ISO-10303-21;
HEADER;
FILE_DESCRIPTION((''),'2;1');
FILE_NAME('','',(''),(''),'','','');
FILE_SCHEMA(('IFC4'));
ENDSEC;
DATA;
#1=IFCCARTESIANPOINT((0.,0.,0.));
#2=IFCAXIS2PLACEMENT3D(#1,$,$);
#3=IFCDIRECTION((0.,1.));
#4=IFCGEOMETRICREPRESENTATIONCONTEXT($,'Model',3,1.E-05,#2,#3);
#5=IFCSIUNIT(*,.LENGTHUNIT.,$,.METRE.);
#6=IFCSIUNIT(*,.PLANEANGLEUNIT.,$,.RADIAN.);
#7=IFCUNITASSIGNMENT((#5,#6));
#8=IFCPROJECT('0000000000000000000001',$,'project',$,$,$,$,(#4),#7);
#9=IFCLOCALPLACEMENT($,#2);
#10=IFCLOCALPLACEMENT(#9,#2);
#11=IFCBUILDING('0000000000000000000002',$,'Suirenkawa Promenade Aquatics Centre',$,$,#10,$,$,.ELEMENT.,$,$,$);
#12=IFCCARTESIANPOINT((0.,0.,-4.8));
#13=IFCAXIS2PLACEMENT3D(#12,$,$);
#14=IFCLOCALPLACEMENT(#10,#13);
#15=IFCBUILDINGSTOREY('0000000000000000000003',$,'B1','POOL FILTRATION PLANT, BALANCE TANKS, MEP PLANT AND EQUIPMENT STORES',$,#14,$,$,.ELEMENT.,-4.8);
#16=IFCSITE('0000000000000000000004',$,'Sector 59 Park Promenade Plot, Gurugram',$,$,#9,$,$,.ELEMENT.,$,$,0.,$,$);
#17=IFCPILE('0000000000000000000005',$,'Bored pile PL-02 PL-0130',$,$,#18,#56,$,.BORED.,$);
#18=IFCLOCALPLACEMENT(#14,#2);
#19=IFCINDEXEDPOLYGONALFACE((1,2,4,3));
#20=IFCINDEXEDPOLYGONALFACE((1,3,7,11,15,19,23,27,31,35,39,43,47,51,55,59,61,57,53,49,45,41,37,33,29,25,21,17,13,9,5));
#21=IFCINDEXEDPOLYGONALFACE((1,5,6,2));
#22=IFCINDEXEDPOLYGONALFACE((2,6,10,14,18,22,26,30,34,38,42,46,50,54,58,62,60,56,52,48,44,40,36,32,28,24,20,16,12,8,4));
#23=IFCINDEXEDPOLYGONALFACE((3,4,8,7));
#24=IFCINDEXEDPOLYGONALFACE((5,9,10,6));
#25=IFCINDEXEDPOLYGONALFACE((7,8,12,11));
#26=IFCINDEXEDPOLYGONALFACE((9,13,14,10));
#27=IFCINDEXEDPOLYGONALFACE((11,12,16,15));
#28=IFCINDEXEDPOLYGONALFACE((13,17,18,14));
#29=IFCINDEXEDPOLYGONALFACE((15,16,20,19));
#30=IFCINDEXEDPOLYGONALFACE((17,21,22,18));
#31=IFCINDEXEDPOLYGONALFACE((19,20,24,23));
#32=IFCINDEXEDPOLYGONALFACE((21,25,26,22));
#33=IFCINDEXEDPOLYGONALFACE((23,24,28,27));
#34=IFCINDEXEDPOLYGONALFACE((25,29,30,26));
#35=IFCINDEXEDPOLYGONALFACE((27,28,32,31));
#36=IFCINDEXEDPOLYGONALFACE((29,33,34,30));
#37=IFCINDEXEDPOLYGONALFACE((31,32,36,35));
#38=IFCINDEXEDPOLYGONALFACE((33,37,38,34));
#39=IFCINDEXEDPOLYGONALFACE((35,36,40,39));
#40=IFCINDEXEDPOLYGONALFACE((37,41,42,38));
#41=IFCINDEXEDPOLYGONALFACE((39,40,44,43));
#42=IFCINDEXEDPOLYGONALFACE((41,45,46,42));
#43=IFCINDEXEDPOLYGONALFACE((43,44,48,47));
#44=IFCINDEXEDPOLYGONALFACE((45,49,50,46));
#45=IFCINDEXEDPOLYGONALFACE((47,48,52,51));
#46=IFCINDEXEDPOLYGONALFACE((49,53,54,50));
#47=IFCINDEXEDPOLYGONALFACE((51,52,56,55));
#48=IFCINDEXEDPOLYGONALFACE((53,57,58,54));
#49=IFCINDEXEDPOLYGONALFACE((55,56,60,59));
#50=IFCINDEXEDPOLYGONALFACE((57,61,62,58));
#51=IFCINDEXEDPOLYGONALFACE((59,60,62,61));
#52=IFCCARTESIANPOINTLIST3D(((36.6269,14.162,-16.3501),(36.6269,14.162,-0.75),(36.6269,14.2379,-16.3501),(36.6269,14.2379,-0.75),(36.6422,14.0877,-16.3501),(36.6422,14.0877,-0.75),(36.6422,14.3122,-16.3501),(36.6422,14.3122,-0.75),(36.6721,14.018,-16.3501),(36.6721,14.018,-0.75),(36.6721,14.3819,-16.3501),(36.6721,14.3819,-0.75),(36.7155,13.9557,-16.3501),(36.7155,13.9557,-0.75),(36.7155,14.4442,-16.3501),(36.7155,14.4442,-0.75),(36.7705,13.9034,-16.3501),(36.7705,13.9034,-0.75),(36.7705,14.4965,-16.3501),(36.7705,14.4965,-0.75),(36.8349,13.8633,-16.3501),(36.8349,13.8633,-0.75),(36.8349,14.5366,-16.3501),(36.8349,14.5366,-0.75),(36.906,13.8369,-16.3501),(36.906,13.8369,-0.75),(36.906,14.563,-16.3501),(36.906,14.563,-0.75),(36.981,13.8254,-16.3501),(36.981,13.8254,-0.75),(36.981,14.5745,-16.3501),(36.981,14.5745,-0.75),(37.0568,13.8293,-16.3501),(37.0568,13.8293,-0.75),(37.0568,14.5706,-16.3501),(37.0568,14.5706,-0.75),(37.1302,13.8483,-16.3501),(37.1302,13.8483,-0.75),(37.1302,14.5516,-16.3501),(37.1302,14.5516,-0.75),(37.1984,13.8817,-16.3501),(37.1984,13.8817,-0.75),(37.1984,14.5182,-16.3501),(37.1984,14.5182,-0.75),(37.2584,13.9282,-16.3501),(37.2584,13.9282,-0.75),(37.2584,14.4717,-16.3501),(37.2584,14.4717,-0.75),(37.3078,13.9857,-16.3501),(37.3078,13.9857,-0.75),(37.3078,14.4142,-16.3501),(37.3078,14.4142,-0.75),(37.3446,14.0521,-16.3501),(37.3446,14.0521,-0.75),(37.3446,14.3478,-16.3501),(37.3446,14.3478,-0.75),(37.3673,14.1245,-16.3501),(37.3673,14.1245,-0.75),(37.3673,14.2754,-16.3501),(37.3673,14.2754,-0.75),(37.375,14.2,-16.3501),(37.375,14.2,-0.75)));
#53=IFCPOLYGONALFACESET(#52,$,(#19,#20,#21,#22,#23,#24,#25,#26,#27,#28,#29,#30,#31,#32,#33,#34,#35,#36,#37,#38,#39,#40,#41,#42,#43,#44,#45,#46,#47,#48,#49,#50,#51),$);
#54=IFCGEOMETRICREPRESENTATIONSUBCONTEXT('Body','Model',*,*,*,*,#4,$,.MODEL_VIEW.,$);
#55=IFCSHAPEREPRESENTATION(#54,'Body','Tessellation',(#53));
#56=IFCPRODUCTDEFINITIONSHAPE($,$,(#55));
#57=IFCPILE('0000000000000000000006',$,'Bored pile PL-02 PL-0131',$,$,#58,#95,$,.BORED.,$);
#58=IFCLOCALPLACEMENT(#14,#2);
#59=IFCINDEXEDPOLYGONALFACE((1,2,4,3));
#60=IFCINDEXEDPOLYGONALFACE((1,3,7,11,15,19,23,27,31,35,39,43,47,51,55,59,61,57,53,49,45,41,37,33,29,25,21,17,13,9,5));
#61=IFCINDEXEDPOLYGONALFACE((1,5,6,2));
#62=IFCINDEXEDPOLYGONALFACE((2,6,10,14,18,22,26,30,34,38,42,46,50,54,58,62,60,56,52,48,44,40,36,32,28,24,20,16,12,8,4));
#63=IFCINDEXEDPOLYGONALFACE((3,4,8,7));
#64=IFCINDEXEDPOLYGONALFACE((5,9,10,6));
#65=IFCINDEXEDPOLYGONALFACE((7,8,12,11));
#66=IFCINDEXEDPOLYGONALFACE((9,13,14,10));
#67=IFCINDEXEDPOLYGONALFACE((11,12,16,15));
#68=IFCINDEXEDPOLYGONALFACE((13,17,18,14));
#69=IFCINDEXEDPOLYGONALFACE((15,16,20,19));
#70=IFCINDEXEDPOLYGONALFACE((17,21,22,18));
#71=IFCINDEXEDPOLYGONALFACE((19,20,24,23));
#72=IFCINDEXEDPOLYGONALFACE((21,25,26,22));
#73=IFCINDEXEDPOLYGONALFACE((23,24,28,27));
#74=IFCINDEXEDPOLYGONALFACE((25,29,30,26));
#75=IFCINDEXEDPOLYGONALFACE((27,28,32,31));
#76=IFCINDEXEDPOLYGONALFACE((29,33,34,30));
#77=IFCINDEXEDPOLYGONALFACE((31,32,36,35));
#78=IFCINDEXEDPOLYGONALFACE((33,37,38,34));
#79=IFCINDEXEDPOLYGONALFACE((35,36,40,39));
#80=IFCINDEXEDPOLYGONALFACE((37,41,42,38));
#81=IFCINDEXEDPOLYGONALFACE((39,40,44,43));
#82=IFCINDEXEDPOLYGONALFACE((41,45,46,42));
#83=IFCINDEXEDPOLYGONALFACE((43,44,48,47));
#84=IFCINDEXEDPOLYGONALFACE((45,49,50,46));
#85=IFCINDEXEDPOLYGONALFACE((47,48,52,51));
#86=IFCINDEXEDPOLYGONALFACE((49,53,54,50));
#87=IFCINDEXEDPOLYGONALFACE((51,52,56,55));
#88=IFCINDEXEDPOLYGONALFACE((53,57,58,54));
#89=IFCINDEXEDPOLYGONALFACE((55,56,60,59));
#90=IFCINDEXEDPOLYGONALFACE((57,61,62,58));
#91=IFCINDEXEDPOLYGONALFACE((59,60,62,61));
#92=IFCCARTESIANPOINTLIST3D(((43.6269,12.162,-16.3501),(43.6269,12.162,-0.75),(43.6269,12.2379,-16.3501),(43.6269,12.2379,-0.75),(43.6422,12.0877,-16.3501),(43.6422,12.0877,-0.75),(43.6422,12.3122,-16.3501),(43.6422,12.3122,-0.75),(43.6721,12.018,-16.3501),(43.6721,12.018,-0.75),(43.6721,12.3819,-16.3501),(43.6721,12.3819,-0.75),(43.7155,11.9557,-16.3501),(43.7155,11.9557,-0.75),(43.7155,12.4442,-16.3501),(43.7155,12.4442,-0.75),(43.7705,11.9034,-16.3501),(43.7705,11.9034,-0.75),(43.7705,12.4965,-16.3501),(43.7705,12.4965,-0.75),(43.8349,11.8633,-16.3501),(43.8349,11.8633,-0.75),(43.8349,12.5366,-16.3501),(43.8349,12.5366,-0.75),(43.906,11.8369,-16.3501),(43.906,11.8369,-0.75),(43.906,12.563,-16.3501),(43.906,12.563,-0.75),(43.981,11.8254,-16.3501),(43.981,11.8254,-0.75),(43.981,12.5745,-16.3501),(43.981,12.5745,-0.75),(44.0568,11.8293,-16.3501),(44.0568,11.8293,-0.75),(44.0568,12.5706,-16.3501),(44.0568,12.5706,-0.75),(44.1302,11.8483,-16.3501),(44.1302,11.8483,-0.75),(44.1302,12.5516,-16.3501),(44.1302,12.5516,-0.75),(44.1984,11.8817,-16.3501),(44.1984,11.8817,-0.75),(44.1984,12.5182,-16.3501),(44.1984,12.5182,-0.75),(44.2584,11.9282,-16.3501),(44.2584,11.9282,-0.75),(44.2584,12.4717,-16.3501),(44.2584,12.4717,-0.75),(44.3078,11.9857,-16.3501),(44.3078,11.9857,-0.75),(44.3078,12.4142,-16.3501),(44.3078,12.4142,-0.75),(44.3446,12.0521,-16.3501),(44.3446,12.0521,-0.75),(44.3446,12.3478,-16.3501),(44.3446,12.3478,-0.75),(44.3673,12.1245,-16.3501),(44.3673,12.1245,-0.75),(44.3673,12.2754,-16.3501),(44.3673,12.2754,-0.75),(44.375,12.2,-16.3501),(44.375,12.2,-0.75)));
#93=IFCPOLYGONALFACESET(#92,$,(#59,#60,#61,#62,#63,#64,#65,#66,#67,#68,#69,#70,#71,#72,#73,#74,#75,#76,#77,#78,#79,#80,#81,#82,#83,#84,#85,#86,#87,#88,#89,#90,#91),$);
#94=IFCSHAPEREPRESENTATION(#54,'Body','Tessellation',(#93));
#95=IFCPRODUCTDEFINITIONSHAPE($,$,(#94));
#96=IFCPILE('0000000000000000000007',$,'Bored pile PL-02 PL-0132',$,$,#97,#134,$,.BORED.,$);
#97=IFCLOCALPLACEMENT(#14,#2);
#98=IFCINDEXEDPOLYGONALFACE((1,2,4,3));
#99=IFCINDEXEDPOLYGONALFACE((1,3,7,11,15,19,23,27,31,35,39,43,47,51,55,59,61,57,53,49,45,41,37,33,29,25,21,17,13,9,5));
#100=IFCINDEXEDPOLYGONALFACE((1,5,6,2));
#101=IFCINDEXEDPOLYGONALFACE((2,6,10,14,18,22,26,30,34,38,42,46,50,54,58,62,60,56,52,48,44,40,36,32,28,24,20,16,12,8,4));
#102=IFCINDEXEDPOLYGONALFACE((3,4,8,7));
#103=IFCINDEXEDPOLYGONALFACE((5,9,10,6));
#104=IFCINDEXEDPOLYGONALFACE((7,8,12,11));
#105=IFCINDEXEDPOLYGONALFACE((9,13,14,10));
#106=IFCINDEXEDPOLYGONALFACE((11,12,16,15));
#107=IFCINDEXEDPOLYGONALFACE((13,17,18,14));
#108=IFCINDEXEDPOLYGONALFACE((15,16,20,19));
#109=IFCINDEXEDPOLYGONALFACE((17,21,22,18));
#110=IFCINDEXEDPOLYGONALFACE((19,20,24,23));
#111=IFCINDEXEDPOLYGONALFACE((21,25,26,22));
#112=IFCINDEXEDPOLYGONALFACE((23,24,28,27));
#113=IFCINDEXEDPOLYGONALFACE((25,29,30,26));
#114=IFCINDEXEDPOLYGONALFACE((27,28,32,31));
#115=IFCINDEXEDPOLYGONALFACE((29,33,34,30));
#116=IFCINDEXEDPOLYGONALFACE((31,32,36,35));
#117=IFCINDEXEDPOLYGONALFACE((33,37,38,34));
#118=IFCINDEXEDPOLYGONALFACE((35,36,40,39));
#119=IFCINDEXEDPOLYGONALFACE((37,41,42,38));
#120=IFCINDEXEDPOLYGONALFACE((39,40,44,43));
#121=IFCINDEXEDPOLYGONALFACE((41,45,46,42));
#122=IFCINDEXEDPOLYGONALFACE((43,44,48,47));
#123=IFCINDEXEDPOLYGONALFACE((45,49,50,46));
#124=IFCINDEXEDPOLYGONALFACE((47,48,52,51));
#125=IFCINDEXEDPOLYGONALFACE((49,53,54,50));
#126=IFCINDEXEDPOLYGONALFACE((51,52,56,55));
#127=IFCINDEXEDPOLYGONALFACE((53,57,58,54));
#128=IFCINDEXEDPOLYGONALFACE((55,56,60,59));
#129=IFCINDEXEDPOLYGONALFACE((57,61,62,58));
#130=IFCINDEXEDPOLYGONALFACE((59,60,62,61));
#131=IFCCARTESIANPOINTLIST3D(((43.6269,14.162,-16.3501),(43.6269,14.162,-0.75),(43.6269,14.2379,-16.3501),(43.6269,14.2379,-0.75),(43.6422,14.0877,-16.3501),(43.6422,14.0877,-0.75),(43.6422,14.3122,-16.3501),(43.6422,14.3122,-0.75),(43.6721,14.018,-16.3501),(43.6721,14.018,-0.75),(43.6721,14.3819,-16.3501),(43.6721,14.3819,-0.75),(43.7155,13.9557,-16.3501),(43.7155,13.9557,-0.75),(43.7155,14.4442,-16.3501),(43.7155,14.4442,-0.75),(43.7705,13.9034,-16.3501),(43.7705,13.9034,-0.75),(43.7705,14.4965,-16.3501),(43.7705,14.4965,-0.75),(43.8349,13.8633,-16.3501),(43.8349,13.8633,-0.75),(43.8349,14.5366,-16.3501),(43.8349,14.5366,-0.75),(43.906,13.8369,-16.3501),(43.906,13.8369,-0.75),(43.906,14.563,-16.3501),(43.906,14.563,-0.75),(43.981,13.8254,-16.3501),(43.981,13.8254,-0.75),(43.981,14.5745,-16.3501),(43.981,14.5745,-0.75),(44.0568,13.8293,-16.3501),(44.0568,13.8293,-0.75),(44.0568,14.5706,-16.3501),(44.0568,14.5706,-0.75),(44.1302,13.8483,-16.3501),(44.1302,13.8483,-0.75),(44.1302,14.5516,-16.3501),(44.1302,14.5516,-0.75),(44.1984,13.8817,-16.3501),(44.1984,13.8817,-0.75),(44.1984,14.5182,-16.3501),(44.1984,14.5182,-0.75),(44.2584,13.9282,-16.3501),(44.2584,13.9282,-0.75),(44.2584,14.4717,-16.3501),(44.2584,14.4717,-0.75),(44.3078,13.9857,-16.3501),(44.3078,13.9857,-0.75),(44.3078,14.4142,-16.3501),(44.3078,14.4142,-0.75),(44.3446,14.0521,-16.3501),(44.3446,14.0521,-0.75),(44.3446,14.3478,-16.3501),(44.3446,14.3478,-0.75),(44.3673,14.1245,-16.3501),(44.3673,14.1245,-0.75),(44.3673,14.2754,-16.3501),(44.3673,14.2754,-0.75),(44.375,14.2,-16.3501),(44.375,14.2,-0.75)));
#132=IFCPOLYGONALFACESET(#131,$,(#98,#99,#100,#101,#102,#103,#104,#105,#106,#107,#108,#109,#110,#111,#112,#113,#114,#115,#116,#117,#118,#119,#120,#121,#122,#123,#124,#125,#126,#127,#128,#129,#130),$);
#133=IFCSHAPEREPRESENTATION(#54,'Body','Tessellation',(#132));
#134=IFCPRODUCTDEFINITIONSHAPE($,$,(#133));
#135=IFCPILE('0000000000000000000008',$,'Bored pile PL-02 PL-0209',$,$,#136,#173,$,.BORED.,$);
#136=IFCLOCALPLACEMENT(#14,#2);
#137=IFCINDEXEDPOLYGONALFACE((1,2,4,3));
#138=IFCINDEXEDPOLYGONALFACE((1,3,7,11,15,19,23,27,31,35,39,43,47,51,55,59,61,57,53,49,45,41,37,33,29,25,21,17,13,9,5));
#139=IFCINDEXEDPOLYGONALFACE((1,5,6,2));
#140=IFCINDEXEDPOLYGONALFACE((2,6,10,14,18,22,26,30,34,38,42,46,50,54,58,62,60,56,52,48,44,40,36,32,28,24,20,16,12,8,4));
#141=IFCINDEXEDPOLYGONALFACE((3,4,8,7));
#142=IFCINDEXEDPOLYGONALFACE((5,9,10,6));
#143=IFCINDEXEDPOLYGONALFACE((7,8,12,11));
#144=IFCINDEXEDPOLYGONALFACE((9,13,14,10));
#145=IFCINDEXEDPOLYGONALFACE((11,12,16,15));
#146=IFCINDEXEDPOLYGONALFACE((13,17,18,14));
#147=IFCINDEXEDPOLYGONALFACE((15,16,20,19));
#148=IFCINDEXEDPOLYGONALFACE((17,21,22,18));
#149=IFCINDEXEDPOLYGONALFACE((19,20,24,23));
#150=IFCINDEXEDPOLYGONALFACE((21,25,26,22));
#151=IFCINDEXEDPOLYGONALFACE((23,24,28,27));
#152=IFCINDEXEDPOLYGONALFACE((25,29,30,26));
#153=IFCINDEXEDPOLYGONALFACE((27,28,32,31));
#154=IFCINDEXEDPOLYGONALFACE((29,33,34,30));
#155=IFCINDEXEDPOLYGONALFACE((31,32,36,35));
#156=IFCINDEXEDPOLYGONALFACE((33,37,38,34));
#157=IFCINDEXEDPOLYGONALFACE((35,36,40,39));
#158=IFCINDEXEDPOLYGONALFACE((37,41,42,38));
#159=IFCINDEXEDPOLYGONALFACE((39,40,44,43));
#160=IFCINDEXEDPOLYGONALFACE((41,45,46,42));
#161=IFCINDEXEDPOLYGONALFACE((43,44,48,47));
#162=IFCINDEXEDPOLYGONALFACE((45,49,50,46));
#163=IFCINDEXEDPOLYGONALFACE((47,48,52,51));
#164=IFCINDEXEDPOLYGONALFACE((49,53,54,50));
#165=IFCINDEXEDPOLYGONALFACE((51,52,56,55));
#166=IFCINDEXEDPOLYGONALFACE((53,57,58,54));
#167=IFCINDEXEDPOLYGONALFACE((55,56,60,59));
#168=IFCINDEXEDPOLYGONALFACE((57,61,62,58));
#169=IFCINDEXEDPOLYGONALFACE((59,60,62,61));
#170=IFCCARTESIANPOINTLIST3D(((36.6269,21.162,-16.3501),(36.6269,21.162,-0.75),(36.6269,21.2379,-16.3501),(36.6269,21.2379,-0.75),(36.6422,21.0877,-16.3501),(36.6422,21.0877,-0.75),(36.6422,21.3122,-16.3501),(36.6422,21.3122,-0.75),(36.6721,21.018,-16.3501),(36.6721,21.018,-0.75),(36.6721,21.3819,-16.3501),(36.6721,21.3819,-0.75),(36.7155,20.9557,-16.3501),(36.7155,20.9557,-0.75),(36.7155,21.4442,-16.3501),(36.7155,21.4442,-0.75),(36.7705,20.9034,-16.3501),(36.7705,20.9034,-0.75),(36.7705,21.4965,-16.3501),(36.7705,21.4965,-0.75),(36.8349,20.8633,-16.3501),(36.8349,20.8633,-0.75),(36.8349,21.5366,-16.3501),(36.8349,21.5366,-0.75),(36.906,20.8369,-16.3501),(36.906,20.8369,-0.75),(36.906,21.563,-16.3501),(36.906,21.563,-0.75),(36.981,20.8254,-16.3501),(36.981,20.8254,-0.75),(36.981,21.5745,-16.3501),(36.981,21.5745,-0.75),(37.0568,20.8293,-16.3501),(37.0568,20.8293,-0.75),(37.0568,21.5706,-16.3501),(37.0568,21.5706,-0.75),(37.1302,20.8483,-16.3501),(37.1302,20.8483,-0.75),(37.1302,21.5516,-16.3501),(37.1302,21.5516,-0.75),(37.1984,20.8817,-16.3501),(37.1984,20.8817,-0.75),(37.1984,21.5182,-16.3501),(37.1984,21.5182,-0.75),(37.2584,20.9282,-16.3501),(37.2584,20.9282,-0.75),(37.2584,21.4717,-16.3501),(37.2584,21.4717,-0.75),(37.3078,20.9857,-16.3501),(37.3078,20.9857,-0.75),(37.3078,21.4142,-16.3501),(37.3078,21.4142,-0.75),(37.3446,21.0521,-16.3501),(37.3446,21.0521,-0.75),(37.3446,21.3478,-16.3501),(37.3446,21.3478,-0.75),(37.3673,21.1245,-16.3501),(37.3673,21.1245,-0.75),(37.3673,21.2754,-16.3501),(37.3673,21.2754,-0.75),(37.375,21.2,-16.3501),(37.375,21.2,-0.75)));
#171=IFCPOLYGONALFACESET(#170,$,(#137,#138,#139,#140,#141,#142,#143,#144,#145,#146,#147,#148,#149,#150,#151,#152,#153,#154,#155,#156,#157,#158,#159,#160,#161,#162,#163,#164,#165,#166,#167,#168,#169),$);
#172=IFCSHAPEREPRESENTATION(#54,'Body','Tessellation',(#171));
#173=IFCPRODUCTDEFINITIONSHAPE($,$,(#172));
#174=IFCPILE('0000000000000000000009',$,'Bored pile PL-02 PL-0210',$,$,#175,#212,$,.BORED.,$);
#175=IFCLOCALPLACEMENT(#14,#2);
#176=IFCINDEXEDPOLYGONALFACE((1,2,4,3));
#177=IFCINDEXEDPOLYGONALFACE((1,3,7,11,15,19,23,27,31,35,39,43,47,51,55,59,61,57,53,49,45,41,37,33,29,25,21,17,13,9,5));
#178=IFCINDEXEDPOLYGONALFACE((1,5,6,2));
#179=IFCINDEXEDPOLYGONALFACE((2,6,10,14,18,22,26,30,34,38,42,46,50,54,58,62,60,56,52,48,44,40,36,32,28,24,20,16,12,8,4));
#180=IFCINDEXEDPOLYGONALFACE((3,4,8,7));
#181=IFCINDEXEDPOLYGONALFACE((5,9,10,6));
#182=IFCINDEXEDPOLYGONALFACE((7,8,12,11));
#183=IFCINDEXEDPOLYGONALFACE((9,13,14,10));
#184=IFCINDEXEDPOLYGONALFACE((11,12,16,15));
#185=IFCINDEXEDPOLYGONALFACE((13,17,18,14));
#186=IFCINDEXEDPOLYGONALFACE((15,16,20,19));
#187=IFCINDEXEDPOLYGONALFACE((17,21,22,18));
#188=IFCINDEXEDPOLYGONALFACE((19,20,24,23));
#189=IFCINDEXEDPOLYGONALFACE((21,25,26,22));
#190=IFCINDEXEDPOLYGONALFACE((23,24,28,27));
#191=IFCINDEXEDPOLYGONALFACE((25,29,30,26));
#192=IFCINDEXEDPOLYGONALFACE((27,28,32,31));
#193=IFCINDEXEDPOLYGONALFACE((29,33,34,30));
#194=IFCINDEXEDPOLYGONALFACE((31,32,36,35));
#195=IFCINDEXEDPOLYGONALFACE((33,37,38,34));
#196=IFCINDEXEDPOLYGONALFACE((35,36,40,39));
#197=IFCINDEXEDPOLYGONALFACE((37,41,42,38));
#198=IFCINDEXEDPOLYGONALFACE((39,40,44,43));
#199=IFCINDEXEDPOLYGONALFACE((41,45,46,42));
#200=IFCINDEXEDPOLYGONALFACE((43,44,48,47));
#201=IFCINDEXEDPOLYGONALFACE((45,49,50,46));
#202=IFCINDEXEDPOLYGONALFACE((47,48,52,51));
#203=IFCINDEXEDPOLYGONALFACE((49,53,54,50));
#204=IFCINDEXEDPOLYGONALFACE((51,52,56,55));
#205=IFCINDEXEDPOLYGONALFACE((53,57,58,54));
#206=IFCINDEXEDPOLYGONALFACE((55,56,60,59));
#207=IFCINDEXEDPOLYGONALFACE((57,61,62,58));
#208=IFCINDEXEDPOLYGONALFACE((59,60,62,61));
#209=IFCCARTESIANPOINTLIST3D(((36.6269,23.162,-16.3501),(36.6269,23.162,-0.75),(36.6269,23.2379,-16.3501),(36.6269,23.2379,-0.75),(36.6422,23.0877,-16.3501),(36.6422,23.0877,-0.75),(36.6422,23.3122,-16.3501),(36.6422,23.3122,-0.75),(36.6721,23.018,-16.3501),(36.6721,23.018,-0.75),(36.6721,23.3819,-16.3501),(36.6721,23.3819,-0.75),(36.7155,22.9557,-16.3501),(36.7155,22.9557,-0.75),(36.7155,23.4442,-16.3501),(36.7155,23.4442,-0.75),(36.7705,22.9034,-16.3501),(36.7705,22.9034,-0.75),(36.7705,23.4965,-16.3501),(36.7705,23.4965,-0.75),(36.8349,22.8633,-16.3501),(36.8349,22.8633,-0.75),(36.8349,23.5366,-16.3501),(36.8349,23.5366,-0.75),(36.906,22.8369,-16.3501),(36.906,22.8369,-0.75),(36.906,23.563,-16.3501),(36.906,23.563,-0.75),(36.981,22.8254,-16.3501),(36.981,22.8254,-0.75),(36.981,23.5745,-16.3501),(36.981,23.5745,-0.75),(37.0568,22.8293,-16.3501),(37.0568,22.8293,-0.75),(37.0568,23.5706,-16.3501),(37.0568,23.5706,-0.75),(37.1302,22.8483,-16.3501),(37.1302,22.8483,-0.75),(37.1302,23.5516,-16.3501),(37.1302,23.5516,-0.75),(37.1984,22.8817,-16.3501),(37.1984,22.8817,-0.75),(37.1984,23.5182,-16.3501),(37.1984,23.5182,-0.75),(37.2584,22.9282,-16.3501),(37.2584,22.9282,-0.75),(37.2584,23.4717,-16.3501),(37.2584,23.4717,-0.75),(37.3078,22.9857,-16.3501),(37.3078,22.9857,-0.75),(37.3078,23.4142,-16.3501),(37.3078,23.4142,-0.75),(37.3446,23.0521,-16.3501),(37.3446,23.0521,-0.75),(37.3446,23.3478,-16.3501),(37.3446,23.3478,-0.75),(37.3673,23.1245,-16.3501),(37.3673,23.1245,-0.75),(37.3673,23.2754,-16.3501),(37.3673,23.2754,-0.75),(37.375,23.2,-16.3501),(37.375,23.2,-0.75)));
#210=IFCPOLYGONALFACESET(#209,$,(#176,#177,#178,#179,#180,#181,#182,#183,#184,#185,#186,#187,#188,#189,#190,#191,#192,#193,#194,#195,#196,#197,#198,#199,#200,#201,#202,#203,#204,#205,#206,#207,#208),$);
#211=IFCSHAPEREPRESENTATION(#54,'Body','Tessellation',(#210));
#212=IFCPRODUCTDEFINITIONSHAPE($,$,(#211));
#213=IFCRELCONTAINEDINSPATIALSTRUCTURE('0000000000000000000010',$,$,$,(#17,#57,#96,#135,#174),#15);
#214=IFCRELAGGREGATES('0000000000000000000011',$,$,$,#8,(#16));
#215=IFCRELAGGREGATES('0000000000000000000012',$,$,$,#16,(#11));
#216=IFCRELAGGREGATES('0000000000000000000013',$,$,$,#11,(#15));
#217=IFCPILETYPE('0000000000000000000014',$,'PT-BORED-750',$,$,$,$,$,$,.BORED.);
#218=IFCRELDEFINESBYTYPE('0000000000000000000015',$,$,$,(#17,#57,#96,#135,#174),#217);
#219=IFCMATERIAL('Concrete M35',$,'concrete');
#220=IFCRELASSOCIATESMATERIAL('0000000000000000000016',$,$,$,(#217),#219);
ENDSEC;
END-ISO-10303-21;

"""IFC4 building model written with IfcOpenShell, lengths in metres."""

from ifc_helpers import new_model, si_unit, direction, frame, origin, origin_2d, place, context, subcontext, project, spatial, circle, extrude, material, material_profile, profile_set, type_object, element, save


model = new_model("IFC4")

# Units and contexts
model_context = context("Model", 3, precision=1e-05, world=origin(), true_north=direction((0.0, 1.0)))
body_context = subcontext(model_context, "Body", "Model", "MODEL_VIEW")
ifc_project = project(units=[si_unit("LENGTHUNIT", "METRE"), si_unit("PLANEANGLEUNIT", "RADIAN")], contexts=[model_context])

# Site, building, storey
site_placement = place(None, origin())
site = spatial("IfcSite", under=ifc_project, at=site_placement, Name="Sector 59 Park Promenade Plot, Gurugram", CompositionType="ELEMENT", RefElevation=0.0)
building_placement = place(site_placement, origin())
building = spatial("IfcBuilding", under=site, at=building_placement, Name="Suirenkawa Promenade Aquatics Centre", CompositionType="ELEMENT")
storey_placement = place(building_placement, frame((0.0, 0.0, -4.8)))
storey = spatial("IfcBuildingStorey", under=building, at=storey_placement, Name="B1", Description="POOL FILTRATION PLANT, BALANCE TANKS, MEP PLANT AND EQUIPMENT STORES", CompositionType="ELEMENT", Elevation=-4.8)

# Shared definitions
ifc_material_1 = material(Name="Concrete M35", Category="concrete")

# Piles
ifc_material_profile_1 = material_profile(ifc_material_1, circle(Radius=0.375, at=origin_2d()), Name="PILE D750", Category="concrete")
ifc_profile_set_1 = profile_set([ifc_material_profile_1], Name="Concrete M35")
pile_type_1 = type_object("IfcPileType", Name="PT-BORED-750", PredefinedType="BORED", material=ifc_profile_set_1)
for number, where, z_axis, x_axis, name in (
    (1, (37.0, 14.2, -0.75), (0.0, 0.0, -1.0), (1.0, 0.0, 0.0), "Bored pile PL-02 PL-0130"),
    (2, (44.0, 12.2, -0.75), (0.0, 0.0, -1.0), (1.0, 0.0, 0.0), "Bored pile PL-02 PL-0131"),
    (3, (44.0, 14.2, -0.75), (0.0, 0.0, -1.0), (1.0, 0.0, 0.0), "Bored pile PL-02 PL-0132"),
    (4, (37.0, 21.2, -0.75), (0.0, 0.0, -1.0), (1.0, 0.0, 0.0), "Bored pile PL-02 PL-0209"),
    (5, (37.0, 23.2, -0.75), (0.0, 0.0, -1.0), (1.0, 0.0, 0.0), "Bored pile PL-02 PL-0210"),
):
    element("IfcPile", number, at=place(storey_placement, frame(where, z_axis=z_axis, x_axis=x_axis)), inside=storey, type_object=pile_type_1, Name=name, PredefinedType="BORED", context=body_context, shape_type="SweptSolid", body=[
        extrude(circle(Radius=0.375, at=origin_2d()), origin(), (0.0, 0.0, 1.0), 15.6001),
    ])

save(model, "model.ifc")
